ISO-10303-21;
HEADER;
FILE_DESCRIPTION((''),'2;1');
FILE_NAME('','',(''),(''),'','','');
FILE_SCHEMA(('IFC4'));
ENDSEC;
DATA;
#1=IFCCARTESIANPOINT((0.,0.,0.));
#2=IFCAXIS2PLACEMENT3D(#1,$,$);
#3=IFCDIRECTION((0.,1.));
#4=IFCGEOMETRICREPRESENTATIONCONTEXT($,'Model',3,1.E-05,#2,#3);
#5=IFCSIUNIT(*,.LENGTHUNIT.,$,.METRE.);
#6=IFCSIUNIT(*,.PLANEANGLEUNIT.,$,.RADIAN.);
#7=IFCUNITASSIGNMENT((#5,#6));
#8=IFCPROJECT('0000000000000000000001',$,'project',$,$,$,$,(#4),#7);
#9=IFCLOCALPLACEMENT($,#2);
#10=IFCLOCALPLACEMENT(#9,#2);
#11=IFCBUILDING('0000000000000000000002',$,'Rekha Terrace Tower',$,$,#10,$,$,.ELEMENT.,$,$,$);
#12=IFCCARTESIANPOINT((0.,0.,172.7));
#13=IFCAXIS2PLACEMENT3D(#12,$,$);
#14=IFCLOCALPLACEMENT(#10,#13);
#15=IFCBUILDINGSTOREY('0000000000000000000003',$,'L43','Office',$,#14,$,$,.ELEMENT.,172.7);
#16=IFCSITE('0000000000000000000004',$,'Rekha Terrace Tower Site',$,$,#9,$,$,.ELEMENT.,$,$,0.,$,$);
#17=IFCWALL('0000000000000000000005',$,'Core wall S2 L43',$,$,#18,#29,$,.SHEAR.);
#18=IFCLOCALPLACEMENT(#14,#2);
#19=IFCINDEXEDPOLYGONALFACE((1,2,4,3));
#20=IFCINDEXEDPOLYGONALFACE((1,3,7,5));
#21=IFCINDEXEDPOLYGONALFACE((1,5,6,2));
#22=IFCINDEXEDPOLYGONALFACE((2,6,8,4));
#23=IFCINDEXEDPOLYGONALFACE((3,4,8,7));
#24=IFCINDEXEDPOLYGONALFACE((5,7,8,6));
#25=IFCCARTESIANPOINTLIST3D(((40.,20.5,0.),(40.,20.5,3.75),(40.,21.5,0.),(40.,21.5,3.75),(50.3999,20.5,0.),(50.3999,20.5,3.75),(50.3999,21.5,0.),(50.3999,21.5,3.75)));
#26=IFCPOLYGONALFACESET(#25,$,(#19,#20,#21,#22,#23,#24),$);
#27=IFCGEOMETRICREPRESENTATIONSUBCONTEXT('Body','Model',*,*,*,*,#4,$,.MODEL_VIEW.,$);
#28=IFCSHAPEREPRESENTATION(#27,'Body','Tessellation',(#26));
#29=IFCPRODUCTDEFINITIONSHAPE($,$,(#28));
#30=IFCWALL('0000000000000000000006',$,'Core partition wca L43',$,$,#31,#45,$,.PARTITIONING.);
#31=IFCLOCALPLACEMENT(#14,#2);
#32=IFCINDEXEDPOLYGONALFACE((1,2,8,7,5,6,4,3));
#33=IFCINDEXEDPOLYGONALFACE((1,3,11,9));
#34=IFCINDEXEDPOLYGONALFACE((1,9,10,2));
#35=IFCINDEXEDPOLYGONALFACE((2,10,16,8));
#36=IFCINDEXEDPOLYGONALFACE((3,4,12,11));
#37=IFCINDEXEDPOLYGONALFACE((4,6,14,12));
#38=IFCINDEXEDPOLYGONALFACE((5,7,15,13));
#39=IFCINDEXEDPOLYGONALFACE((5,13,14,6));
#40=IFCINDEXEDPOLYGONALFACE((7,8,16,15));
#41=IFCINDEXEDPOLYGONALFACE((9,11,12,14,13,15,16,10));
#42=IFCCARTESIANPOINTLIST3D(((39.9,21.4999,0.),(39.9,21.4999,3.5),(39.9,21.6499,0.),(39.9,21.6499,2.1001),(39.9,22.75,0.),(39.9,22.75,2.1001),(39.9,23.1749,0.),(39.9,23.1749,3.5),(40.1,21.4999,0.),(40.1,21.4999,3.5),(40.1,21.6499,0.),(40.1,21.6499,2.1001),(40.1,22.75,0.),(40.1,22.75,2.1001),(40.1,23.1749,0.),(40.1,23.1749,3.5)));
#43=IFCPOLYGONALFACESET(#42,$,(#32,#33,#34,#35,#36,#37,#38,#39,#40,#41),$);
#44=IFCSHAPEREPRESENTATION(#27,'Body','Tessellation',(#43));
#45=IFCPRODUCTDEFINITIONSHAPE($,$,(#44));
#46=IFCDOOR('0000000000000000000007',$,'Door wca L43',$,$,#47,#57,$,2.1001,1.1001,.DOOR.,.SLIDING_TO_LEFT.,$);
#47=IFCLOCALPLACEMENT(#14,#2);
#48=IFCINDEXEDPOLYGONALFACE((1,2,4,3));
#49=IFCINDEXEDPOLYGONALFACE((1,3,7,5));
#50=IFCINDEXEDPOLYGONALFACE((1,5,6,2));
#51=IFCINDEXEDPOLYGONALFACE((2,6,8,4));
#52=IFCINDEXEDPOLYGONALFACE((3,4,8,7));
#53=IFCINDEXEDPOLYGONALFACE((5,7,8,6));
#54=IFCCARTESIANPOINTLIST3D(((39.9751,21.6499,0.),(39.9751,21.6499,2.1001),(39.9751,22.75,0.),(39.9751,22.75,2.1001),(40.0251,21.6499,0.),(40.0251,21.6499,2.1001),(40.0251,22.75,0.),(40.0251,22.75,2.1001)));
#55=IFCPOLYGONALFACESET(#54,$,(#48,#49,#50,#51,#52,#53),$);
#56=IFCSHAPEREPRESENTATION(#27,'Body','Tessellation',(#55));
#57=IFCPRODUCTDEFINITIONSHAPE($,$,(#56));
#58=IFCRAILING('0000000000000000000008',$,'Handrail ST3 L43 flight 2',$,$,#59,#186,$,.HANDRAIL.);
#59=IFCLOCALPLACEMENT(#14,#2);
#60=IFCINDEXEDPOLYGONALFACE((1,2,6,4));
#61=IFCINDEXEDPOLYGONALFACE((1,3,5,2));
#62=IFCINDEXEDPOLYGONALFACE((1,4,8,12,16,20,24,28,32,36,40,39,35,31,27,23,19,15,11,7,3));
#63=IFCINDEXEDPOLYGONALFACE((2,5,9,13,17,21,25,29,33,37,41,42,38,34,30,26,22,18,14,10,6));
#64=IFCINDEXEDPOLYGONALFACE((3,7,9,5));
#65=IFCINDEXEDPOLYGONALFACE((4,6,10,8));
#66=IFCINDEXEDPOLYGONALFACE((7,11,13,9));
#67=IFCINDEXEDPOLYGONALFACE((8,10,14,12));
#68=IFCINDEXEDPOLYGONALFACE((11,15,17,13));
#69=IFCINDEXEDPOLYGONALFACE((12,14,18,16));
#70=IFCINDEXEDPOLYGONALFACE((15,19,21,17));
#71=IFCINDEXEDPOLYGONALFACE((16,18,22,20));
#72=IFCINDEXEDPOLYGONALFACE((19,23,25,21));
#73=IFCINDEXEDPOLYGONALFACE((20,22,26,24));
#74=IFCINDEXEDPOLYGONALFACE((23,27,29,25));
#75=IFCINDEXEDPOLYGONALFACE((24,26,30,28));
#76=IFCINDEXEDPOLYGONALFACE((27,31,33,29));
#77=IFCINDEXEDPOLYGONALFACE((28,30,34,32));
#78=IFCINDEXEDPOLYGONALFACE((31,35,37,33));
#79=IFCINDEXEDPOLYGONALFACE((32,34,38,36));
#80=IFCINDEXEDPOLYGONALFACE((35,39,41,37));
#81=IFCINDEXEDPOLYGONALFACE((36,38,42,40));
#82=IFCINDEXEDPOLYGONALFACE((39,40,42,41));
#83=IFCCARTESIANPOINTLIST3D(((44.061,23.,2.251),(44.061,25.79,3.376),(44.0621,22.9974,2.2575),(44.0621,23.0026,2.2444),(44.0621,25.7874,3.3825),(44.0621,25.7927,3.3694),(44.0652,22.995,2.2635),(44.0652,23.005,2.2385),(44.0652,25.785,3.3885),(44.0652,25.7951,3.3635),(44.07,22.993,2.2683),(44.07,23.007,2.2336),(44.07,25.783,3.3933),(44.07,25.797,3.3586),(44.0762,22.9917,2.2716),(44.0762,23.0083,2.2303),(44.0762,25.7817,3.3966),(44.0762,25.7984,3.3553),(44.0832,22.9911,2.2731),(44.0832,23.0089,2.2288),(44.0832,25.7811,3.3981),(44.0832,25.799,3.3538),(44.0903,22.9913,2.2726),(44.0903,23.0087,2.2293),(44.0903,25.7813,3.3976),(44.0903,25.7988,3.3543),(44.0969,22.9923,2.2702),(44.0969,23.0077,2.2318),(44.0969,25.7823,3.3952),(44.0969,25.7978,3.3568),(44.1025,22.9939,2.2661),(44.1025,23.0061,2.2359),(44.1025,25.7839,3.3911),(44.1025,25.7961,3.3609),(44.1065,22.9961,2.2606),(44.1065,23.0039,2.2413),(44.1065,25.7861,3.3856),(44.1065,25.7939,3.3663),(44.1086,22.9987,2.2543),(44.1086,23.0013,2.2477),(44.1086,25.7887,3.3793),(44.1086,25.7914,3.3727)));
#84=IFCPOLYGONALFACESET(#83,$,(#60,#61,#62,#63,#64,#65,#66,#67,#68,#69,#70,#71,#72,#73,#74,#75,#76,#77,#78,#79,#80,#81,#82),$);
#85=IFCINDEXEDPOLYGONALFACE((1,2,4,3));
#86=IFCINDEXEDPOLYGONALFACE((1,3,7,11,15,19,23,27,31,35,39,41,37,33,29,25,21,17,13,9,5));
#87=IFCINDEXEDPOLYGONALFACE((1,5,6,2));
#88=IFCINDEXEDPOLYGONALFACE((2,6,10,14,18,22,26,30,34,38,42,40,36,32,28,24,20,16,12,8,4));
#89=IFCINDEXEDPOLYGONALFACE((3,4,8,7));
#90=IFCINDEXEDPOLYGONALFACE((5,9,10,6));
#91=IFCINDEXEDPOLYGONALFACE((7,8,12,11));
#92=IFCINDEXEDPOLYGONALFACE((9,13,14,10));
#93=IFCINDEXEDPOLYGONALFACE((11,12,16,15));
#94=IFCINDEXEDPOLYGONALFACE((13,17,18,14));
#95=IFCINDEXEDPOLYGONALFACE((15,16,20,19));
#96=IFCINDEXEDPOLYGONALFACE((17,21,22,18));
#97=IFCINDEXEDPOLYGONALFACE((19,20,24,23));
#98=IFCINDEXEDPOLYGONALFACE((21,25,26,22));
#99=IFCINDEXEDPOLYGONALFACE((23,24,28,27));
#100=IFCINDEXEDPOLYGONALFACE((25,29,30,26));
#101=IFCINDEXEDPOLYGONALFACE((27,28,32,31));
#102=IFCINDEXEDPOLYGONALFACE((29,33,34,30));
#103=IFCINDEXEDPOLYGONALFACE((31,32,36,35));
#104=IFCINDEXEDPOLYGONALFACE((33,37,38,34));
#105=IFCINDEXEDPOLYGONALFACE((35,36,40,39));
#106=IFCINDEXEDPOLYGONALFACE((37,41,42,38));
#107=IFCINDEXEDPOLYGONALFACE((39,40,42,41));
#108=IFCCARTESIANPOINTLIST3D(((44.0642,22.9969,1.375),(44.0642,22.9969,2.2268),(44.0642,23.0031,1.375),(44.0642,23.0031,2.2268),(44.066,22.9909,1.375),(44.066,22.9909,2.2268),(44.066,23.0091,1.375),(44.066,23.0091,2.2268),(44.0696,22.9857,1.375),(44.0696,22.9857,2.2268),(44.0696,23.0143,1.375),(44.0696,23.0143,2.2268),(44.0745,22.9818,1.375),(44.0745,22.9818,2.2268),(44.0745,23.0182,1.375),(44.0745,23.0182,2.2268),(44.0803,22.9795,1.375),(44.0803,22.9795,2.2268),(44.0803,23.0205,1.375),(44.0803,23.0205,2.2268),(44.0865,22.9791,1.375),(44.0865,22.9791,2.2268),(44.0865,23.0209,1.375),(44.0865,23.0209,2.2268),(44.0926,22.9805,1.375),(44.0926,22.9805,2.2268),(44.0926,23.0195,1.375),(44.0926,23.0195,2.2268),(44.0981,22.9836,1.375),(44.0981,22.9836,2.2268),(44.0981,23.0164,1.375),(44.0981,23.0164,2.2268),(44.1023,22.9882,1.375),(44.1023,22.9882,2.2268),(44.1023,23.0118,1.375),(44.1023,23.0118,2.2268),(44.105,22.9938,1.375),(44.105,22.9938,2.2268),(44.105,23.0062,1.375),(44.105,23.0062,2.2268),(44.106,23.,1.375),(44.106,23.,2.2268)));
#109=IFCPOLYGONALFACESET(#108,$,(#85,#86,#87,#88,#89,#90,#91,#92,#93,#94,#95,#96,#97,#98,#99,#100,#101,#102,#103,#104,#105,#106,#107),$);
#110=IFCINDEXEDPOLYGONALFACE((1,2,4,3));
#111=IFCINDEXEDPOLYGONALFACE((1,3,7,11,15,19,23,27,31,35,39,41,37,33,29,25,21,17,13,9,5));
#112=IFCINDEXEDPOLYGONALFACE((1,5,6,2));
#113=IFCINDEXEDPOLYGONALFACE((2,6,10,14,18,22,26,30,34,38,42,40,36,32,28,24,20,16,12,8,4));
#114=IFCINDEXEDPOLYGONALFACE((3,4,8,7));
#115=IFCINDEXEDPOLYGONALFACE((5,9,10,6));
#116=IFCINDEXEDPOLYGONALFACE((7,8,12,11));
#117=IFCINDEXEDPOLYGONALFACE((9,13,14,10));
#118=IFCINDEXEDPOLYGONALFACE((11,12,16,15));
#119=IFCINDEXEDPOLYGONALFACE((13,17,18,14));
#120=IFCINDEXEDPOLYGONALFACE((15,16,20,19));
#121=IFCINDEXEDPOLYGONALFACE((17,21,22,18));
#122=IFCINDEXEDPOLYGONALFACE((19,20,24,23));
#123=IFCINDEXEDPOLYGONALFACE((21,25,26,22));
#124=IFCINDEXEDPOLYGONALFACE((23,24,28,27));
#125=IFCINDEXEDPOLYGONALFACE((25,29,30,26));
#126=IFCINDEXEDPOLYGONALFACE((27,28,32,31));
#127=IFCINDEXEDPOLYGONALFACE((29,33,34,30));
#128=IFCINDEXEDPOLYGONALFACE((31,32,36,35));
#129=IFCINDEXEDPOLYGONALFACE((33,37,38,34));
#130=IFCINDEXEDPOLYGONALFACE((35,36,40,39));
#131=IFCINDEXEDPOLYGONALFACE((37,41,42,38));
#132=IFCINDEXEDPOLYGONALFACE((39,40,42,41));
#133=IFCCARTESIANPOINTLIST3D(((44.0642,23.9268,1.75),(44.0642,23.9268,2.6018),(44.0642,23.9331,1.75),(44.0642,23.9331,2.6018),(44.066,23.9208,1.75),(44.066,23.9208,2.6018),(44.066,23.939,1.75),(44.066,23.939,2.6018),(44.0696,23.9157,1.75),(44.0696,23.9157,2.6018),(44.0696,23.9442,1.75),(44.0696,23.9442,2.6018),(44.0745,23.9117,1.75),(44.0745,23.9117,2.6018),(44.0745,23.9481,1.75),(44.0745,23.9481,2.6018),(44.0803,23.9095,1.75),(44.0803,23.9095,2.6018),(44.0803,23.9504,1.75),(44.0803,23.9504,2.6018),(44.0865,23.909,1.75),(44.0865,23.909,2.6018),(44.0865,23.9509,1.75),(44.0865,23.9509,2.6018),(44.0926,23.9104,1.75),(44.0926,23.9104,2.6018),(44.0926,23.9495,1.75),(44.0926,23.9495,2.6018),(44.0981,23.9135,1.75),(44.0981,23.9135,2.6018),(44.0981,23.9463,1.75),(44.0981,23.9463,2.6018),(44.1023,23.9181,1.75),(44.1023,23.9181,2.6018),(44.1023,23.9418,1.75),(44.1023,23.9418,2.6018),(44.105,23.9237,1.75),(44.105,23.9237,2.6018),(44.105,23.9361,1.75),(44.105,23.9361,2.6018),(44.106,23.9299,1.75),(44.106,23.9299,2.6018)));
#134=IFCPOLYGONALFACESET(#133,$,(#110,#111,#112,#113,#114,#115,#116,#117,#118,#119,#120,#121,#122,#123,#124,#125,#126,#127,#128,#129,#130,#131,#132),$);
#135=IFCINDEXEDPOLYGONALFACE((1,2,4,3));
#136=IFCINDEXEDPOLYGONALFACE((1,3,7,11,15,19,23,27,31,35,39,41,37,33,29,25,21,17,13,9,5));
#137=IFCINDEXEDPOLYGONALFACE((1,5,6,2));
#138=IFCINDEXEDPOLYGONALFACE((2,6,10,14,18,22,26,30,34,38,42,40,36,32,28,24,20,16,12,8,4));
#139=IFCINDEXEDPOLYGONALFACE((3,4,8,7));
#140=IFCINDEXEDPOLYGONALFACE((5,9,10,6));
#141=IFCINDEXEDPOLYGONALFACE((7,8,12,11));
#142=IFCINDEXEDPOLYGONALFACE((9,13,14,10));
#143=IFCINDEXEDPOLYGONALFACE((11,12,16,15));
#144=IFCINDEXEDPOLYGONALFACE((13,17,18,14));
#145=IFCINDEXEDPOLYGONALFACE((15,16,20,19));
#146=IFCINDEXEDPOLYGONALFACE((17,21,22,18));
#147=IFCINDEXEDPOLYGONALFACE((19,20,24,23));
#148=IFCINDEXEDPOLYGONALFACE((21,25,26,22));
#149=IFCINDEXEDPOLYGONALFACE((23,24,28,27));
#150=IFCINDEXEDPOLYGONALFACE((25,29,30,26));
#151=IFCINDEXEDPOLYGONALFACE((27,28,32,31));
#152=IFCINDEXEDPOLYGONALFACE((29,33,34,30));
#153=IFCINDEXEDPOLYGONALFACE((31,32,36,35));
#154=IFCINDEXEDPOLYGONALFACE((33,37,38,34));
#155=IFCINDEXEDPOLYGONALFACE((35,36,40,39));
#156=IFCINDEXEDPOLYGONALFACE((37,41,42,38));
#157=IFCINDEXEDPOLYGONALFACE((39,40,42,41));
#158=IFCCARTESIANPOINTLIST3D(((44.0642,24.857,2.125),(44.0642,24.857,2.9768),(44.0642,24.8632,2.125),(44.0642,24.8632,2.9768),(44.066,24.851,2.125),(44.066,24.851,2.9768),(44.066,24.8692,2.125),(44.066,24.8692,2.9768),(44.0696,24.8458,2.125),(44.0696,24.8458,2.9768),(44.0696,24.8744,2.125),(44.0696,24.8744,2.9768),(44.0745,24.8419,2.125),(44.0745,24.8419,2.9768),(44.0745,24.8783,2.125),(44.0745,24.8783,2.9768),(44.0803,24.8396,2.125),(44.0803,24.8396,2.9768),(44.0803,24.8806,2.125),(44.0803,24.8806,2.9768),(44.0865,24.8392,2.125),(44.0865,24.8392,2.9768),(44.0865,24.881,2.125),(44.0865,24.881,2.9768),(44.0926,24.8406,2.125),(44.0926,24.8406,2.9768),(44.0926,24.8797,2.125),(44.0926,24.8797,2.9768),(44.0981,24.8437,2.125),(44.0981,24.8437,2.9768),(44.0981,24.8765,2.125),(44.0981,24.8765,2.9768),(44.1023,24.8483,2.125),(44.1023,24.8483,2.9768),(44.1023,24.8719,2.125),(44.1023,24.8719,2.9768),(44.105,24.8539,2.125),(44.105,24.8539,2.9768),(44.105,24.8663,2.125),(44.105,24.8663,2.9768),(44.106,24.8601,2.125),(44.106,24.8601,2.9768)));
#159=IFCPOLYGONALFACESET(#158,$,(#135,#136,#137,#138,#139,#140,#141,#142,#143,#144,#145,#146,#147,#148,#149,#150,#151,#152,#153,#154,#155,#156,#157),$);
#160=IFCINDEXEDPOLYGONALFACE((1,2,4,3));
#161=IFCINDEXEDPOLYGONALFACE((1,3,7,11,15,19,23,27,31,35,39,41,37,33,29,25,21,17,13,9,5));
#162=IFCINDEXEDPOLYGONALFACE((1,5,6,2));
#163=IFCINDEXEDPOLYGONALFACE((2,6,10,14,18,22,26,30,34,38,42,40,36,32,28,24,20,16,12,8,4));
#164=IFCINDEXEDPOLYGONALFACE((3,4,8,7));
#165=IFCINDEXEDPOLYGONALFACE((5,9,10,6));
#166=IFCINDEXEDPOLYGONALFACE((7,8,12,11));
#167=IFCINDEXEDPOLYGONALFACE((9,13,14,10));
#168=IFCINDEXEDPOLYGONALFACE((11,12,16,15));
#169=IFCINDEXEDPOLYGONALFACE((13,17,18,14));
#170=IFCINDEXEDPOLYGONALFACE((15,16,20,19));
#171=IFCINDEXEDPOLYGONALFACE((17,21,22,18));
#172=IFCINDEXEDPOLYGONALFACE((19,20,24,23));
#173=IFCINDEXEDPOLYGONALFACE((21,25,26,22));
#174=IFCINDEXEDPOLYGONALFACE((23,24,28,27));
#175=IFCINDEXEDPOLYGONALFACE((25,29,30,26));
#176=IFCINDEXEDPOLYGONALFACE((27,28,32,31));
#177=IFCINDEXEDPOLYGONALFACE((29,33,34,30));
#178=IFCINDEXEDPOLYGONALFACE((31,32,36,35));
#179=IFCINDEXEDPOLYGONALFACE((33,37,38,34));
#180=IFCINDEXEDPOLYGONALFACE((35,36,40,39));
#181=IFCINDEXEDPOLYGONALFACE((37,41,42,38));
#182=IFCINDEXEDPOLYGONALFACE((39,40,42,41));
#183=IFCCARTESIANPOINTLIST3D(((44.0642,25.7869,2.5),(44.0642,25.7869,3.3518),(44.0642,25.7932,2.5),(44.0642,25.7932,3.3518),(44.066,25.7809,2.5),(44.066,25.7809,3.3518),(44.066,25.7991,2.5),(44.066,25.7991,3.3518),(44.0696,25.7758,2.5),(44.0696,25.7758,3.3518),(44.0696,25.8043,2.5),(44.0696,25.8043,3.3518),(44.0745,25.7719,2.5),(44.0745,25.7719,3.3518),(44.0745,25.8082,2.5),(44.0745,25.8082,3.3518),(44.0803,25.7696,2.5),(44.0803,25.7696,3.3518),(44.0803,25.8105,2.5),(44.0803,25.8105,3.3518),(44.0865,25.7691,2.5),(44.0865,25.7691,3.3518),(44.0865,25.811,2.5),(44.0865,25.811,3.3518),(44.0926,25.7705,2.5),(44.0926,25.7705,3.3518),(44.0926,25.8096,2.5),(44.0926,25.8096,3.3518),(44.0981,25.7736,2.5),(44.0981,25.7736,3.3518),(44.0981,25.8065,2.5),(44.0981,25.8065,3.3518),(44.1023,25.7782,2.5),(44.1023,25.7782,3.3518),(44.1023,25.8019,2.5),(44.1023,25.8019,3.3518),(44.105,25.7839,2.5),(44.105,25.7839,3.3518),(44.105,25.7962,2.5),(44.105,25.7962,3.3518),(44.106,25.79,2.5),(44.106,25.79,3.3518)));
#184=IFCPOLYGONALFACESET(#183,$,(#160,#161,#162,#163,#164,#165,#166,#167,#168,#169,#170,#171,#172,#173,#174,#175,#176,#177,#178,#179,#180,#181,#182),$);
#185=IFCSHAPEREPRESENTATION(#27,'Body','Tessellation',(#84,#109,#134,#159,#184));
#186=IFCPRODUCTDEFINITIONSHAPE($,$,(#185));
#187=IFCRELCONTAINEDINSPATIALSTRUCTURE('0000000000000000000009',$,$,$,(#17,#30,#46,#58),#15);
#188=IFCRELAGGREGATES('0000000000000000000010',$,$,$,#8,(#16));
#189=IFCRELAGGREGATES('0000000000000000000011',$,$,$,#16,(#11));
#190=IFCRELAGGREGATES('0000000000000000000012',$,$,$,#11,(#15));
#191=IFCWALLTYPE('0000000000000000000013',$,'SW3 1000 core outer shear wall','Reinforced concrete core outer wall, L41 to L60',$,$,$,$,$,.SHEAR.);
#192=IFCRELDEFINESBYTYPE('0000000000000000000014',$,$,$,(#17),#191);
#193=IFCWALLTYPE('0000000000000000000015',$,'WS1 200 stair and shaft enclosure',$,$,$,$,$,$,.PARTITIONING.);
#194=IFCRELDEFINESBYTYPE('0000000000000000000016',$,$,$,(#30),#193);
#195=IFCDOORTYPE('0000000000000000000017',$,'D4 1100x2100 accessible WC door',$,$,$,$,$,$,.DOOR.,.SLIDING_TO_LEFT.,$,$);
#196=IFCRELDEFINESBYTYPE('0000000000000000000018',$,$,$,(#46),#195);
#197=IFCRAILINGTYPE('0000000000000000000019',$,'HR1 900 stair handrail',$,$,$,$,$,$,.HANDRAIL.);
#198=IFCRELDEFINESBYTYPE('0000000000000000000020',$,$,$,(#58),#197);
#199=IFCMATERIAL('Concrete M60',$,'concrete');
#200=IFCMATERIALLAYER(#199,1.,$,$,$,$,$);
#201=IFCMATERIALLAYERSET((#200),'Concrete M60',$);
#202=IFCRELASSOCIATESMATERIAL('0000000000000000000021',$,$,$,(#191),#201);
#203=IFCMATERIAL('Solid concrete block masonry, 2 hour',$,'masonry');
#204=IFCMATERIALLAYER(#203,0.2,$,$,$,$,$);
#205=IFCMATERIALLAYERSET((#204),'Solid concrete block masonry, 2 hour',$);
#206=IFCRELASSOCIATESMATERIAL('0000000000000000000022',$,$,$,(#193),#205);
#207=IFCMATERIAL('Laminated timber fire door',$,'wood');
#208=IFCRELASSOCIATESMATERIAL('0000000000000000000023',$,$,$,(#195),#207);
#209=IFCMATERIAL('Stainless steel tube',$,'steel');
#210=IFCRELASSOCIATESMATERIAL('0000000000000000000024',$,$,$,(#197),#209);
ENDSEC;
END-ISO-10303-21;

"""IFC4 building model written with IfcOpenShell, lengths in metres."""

from ifc_helpers import new_model, si_unit, direction, frame, frame_2d, origin, origin_2d, place, context, subcontext, project, spatial, rectangle, circle, extrude, material, layer, layer_set, type_object, element, fill, save


model = new_model("IFC4")

# Units and contexts
model_context = context("Model", 3, precision=1e-05, world=origin(), true_north=direction((0.0, 1.0)))
body_context = subcontext(model_context, "Body", "Model", "MODEL_VIEW")
ifc_project = project(units=[si_unit("LENGTHUNIT", "METRE"), si_unit("PLANEANGLEUNIT", "RADIAN")], contexts=[model_context])

# Site, building, storey
site_placement = place(None, origin())
site = spatial("IfcSite", under=ifc_project, at=site_placement, Name="Rekha Terrace Tower Site", CompositionType="ELEMENT", RefElevation=0.0)
building_placement = place(site_placement, origin())
building = spatial("IfcBuilding", under=site, at=building_placement, Name="Rekha Terrace Tower", CompositionType="ELEMENT")
storey_placement = place(building_placement, frame((0.0, 0.0, 172.7)))
storey = spatial("IfcBuildingStorey", under=building, at=storey_placement, Name="L43", Description="Office", CompositionType="ELEMENT", Elevation=172.7)

# Shared definitions
ifc_material_1 = material(Name="Concrete M60", Category="concrete")

# Wall
ifc_layer_1 = layer(ifc_material_1, 1.0)
ifc_layer_set_1 = layer_set([ifc_layer_1], Name="Concrete M60")
wall_type_1 = type_object("IfcWallType", Name="SW3 1000 core outer shear wall", Description="Reinforced concrete core outer wall, L41 to L60", PredefinedType="SHEAR", material=ifc_layer_set_1)
wall_1_placement = place(storey_placement, frame((40.0, 21.0, 0.0), z_axis=(0.0, 0.0, 1.0), x_axis=(1.0, 0.0, 0.0)))
element("IfcWall", 1, at=wall_1_placement, inside=storey, type_object=wall_type_1, Name="Core wall S2 L43", PredefinedType="SHEAR", context=body_context, shape_type="SweptSolid", body=[
    extrude(rectangle(XDim=10.3999, YDim=1.0, at=frame_2d((5.2, 0.0))), origin(), (0.0, 0.0, 1.0), 3.75),
])

# Wall, opening, door
ifc_material_2 = material(Name="Solid concrete block masonry, 2 hour", Category="masonry")
ifc_layer_2 = layer(ifc_material_2, 0.2)
ifc_layer_set_2 = layer_set([ifc_layer_2], Name="Solid concrete block masonry, 2 hour")
wall_type_2 = type_object("IfcWallType", Name="WS1 200 stair and shaft enclosure", PredefinedType="PARTITIONING", material=ifc_layer_set_2)
wall_2_placement = place(storey_placement, frame((40.0, 21.5, 0.0), z_axis=(0.0, 0.0, 1.0), x_axis=(0.0, 1.0, 0.0)))
wall_2 = element("IfcWall", 2, at=wall_2_placement, inside=storey, type_object=wall_type_2, Name="Core partition wca L43", PredefinedType="PARTITIONING", context=body_context, shape_type="SweptSolid", body=[
    extrude(rectangle(XDim=1.675, YDim=0.2, at=frame_2d((0.8374, 0.0))), origin(), (0.0, 0.0, 1.0), 3.5),
])
opening_1_placement = place(wall_2_placement, frame((0.1499, 0.0, 0.0)))
opening_1 = element("IfcOpeningElement", 3, at=opening_1_placement, cuts=wall_2, PredefinedType="OPENING", context=body_context, shape_type="SweptSolid", body=[
    extrude(rectangle(XDim=1.1001, YDim=2.1001, at=frame_2d((0.55, 1.05))), frame((0.0, 0.1099, 0.0), z_axis=(0.0, -1.0, 0.0), x_axis=(1.0, 0.0, 0.0)), (0.0, 0.0, 1.0), 0.22),
])
ifc_material_3 = material(Name="Laminated timber fire door", Category="wood")
door_type_1 = type_object("IfcDoorType", Name="D4 1100x2100 accessible WC door", OperationType="SLIDING_TO_LEFT", PredefinedType="DOOR", material=ifc_material_3)
door_1_placement = place(opening_1_placement, origin())
door_1 = element("IfcDoor", 4, at=door_1_placement, inside=storey, type_object=door_type_1, Name="Door wca L43", OperationType="SLIDING_TO_LEFT", OverallHeight=2.1001, OverallWidth=1.1001, PredefinedType="DOOR", context=body_context, shape_type="SweptSolid", body=[
    extrude(rectangle(XDim=1.1001, YDim=2.1001, at=frame_2d((0.55, 1.05))), frame((0.0, 0.0249, 0.0), z_axis=(0.0, -1.0, 0.0), x_axis=(1.0, 0.0, 0.0)), (0.0, 0.0, 1.0), 0.05),
])
fill(opening_1, door_1)

# Railing
ifc_material_4 = material(Name="Stainless steel tube", Category="steel")
railing_type = type_object("IfcRailingType", Name="HR1 900 stair handrail", PredefinedType="HANDRAIL", material=ifc_material_4)
railing_placement = place(storey_placement, frame((44.085, 23.0, 1.375)))
element("IfcRailing", 5, at=railing_placement, inside=storey, type_object=railing_type, Name="Handrail ST3 L43 flight 2", PredefinedType="HANDRAIL", context=body_context, shape_type="SweptSolid", body=[
    extrude(circle(Radius=0.0239, at=origin_2d()), frame((0.0, 0.0, 0.876), z_axis=(0.0, 0.927443, 0.373964), x_axis=(-1.0, 0.0, 0.0)), (0.0, 0.0, 1.0), 3.0083),
    extrude(circle(Radius=0.021, at=origin_2d()), origin(), (0.0, 0.0, 1.0), 0.8518),
    extrude(circle(Radius=0.021, at=origin_2d()), frame((0.0, 0.9299, 0.375)), (0.0, 0.0, 1.0), 0.8518),
    extrude(circle(Radius=0.021, at=origin_2d()), frame((0.0, 1.8601, 0.75)), (0.0, 0.0, 1.0), 0.8518),
    extrude(circle(Radius=0.021, at=origin_2d()), frame((0.0, 2.79, 1.125)), (0.0, 0.0, 1.0), 0.8518),
])

save(model, "model.ifc")
